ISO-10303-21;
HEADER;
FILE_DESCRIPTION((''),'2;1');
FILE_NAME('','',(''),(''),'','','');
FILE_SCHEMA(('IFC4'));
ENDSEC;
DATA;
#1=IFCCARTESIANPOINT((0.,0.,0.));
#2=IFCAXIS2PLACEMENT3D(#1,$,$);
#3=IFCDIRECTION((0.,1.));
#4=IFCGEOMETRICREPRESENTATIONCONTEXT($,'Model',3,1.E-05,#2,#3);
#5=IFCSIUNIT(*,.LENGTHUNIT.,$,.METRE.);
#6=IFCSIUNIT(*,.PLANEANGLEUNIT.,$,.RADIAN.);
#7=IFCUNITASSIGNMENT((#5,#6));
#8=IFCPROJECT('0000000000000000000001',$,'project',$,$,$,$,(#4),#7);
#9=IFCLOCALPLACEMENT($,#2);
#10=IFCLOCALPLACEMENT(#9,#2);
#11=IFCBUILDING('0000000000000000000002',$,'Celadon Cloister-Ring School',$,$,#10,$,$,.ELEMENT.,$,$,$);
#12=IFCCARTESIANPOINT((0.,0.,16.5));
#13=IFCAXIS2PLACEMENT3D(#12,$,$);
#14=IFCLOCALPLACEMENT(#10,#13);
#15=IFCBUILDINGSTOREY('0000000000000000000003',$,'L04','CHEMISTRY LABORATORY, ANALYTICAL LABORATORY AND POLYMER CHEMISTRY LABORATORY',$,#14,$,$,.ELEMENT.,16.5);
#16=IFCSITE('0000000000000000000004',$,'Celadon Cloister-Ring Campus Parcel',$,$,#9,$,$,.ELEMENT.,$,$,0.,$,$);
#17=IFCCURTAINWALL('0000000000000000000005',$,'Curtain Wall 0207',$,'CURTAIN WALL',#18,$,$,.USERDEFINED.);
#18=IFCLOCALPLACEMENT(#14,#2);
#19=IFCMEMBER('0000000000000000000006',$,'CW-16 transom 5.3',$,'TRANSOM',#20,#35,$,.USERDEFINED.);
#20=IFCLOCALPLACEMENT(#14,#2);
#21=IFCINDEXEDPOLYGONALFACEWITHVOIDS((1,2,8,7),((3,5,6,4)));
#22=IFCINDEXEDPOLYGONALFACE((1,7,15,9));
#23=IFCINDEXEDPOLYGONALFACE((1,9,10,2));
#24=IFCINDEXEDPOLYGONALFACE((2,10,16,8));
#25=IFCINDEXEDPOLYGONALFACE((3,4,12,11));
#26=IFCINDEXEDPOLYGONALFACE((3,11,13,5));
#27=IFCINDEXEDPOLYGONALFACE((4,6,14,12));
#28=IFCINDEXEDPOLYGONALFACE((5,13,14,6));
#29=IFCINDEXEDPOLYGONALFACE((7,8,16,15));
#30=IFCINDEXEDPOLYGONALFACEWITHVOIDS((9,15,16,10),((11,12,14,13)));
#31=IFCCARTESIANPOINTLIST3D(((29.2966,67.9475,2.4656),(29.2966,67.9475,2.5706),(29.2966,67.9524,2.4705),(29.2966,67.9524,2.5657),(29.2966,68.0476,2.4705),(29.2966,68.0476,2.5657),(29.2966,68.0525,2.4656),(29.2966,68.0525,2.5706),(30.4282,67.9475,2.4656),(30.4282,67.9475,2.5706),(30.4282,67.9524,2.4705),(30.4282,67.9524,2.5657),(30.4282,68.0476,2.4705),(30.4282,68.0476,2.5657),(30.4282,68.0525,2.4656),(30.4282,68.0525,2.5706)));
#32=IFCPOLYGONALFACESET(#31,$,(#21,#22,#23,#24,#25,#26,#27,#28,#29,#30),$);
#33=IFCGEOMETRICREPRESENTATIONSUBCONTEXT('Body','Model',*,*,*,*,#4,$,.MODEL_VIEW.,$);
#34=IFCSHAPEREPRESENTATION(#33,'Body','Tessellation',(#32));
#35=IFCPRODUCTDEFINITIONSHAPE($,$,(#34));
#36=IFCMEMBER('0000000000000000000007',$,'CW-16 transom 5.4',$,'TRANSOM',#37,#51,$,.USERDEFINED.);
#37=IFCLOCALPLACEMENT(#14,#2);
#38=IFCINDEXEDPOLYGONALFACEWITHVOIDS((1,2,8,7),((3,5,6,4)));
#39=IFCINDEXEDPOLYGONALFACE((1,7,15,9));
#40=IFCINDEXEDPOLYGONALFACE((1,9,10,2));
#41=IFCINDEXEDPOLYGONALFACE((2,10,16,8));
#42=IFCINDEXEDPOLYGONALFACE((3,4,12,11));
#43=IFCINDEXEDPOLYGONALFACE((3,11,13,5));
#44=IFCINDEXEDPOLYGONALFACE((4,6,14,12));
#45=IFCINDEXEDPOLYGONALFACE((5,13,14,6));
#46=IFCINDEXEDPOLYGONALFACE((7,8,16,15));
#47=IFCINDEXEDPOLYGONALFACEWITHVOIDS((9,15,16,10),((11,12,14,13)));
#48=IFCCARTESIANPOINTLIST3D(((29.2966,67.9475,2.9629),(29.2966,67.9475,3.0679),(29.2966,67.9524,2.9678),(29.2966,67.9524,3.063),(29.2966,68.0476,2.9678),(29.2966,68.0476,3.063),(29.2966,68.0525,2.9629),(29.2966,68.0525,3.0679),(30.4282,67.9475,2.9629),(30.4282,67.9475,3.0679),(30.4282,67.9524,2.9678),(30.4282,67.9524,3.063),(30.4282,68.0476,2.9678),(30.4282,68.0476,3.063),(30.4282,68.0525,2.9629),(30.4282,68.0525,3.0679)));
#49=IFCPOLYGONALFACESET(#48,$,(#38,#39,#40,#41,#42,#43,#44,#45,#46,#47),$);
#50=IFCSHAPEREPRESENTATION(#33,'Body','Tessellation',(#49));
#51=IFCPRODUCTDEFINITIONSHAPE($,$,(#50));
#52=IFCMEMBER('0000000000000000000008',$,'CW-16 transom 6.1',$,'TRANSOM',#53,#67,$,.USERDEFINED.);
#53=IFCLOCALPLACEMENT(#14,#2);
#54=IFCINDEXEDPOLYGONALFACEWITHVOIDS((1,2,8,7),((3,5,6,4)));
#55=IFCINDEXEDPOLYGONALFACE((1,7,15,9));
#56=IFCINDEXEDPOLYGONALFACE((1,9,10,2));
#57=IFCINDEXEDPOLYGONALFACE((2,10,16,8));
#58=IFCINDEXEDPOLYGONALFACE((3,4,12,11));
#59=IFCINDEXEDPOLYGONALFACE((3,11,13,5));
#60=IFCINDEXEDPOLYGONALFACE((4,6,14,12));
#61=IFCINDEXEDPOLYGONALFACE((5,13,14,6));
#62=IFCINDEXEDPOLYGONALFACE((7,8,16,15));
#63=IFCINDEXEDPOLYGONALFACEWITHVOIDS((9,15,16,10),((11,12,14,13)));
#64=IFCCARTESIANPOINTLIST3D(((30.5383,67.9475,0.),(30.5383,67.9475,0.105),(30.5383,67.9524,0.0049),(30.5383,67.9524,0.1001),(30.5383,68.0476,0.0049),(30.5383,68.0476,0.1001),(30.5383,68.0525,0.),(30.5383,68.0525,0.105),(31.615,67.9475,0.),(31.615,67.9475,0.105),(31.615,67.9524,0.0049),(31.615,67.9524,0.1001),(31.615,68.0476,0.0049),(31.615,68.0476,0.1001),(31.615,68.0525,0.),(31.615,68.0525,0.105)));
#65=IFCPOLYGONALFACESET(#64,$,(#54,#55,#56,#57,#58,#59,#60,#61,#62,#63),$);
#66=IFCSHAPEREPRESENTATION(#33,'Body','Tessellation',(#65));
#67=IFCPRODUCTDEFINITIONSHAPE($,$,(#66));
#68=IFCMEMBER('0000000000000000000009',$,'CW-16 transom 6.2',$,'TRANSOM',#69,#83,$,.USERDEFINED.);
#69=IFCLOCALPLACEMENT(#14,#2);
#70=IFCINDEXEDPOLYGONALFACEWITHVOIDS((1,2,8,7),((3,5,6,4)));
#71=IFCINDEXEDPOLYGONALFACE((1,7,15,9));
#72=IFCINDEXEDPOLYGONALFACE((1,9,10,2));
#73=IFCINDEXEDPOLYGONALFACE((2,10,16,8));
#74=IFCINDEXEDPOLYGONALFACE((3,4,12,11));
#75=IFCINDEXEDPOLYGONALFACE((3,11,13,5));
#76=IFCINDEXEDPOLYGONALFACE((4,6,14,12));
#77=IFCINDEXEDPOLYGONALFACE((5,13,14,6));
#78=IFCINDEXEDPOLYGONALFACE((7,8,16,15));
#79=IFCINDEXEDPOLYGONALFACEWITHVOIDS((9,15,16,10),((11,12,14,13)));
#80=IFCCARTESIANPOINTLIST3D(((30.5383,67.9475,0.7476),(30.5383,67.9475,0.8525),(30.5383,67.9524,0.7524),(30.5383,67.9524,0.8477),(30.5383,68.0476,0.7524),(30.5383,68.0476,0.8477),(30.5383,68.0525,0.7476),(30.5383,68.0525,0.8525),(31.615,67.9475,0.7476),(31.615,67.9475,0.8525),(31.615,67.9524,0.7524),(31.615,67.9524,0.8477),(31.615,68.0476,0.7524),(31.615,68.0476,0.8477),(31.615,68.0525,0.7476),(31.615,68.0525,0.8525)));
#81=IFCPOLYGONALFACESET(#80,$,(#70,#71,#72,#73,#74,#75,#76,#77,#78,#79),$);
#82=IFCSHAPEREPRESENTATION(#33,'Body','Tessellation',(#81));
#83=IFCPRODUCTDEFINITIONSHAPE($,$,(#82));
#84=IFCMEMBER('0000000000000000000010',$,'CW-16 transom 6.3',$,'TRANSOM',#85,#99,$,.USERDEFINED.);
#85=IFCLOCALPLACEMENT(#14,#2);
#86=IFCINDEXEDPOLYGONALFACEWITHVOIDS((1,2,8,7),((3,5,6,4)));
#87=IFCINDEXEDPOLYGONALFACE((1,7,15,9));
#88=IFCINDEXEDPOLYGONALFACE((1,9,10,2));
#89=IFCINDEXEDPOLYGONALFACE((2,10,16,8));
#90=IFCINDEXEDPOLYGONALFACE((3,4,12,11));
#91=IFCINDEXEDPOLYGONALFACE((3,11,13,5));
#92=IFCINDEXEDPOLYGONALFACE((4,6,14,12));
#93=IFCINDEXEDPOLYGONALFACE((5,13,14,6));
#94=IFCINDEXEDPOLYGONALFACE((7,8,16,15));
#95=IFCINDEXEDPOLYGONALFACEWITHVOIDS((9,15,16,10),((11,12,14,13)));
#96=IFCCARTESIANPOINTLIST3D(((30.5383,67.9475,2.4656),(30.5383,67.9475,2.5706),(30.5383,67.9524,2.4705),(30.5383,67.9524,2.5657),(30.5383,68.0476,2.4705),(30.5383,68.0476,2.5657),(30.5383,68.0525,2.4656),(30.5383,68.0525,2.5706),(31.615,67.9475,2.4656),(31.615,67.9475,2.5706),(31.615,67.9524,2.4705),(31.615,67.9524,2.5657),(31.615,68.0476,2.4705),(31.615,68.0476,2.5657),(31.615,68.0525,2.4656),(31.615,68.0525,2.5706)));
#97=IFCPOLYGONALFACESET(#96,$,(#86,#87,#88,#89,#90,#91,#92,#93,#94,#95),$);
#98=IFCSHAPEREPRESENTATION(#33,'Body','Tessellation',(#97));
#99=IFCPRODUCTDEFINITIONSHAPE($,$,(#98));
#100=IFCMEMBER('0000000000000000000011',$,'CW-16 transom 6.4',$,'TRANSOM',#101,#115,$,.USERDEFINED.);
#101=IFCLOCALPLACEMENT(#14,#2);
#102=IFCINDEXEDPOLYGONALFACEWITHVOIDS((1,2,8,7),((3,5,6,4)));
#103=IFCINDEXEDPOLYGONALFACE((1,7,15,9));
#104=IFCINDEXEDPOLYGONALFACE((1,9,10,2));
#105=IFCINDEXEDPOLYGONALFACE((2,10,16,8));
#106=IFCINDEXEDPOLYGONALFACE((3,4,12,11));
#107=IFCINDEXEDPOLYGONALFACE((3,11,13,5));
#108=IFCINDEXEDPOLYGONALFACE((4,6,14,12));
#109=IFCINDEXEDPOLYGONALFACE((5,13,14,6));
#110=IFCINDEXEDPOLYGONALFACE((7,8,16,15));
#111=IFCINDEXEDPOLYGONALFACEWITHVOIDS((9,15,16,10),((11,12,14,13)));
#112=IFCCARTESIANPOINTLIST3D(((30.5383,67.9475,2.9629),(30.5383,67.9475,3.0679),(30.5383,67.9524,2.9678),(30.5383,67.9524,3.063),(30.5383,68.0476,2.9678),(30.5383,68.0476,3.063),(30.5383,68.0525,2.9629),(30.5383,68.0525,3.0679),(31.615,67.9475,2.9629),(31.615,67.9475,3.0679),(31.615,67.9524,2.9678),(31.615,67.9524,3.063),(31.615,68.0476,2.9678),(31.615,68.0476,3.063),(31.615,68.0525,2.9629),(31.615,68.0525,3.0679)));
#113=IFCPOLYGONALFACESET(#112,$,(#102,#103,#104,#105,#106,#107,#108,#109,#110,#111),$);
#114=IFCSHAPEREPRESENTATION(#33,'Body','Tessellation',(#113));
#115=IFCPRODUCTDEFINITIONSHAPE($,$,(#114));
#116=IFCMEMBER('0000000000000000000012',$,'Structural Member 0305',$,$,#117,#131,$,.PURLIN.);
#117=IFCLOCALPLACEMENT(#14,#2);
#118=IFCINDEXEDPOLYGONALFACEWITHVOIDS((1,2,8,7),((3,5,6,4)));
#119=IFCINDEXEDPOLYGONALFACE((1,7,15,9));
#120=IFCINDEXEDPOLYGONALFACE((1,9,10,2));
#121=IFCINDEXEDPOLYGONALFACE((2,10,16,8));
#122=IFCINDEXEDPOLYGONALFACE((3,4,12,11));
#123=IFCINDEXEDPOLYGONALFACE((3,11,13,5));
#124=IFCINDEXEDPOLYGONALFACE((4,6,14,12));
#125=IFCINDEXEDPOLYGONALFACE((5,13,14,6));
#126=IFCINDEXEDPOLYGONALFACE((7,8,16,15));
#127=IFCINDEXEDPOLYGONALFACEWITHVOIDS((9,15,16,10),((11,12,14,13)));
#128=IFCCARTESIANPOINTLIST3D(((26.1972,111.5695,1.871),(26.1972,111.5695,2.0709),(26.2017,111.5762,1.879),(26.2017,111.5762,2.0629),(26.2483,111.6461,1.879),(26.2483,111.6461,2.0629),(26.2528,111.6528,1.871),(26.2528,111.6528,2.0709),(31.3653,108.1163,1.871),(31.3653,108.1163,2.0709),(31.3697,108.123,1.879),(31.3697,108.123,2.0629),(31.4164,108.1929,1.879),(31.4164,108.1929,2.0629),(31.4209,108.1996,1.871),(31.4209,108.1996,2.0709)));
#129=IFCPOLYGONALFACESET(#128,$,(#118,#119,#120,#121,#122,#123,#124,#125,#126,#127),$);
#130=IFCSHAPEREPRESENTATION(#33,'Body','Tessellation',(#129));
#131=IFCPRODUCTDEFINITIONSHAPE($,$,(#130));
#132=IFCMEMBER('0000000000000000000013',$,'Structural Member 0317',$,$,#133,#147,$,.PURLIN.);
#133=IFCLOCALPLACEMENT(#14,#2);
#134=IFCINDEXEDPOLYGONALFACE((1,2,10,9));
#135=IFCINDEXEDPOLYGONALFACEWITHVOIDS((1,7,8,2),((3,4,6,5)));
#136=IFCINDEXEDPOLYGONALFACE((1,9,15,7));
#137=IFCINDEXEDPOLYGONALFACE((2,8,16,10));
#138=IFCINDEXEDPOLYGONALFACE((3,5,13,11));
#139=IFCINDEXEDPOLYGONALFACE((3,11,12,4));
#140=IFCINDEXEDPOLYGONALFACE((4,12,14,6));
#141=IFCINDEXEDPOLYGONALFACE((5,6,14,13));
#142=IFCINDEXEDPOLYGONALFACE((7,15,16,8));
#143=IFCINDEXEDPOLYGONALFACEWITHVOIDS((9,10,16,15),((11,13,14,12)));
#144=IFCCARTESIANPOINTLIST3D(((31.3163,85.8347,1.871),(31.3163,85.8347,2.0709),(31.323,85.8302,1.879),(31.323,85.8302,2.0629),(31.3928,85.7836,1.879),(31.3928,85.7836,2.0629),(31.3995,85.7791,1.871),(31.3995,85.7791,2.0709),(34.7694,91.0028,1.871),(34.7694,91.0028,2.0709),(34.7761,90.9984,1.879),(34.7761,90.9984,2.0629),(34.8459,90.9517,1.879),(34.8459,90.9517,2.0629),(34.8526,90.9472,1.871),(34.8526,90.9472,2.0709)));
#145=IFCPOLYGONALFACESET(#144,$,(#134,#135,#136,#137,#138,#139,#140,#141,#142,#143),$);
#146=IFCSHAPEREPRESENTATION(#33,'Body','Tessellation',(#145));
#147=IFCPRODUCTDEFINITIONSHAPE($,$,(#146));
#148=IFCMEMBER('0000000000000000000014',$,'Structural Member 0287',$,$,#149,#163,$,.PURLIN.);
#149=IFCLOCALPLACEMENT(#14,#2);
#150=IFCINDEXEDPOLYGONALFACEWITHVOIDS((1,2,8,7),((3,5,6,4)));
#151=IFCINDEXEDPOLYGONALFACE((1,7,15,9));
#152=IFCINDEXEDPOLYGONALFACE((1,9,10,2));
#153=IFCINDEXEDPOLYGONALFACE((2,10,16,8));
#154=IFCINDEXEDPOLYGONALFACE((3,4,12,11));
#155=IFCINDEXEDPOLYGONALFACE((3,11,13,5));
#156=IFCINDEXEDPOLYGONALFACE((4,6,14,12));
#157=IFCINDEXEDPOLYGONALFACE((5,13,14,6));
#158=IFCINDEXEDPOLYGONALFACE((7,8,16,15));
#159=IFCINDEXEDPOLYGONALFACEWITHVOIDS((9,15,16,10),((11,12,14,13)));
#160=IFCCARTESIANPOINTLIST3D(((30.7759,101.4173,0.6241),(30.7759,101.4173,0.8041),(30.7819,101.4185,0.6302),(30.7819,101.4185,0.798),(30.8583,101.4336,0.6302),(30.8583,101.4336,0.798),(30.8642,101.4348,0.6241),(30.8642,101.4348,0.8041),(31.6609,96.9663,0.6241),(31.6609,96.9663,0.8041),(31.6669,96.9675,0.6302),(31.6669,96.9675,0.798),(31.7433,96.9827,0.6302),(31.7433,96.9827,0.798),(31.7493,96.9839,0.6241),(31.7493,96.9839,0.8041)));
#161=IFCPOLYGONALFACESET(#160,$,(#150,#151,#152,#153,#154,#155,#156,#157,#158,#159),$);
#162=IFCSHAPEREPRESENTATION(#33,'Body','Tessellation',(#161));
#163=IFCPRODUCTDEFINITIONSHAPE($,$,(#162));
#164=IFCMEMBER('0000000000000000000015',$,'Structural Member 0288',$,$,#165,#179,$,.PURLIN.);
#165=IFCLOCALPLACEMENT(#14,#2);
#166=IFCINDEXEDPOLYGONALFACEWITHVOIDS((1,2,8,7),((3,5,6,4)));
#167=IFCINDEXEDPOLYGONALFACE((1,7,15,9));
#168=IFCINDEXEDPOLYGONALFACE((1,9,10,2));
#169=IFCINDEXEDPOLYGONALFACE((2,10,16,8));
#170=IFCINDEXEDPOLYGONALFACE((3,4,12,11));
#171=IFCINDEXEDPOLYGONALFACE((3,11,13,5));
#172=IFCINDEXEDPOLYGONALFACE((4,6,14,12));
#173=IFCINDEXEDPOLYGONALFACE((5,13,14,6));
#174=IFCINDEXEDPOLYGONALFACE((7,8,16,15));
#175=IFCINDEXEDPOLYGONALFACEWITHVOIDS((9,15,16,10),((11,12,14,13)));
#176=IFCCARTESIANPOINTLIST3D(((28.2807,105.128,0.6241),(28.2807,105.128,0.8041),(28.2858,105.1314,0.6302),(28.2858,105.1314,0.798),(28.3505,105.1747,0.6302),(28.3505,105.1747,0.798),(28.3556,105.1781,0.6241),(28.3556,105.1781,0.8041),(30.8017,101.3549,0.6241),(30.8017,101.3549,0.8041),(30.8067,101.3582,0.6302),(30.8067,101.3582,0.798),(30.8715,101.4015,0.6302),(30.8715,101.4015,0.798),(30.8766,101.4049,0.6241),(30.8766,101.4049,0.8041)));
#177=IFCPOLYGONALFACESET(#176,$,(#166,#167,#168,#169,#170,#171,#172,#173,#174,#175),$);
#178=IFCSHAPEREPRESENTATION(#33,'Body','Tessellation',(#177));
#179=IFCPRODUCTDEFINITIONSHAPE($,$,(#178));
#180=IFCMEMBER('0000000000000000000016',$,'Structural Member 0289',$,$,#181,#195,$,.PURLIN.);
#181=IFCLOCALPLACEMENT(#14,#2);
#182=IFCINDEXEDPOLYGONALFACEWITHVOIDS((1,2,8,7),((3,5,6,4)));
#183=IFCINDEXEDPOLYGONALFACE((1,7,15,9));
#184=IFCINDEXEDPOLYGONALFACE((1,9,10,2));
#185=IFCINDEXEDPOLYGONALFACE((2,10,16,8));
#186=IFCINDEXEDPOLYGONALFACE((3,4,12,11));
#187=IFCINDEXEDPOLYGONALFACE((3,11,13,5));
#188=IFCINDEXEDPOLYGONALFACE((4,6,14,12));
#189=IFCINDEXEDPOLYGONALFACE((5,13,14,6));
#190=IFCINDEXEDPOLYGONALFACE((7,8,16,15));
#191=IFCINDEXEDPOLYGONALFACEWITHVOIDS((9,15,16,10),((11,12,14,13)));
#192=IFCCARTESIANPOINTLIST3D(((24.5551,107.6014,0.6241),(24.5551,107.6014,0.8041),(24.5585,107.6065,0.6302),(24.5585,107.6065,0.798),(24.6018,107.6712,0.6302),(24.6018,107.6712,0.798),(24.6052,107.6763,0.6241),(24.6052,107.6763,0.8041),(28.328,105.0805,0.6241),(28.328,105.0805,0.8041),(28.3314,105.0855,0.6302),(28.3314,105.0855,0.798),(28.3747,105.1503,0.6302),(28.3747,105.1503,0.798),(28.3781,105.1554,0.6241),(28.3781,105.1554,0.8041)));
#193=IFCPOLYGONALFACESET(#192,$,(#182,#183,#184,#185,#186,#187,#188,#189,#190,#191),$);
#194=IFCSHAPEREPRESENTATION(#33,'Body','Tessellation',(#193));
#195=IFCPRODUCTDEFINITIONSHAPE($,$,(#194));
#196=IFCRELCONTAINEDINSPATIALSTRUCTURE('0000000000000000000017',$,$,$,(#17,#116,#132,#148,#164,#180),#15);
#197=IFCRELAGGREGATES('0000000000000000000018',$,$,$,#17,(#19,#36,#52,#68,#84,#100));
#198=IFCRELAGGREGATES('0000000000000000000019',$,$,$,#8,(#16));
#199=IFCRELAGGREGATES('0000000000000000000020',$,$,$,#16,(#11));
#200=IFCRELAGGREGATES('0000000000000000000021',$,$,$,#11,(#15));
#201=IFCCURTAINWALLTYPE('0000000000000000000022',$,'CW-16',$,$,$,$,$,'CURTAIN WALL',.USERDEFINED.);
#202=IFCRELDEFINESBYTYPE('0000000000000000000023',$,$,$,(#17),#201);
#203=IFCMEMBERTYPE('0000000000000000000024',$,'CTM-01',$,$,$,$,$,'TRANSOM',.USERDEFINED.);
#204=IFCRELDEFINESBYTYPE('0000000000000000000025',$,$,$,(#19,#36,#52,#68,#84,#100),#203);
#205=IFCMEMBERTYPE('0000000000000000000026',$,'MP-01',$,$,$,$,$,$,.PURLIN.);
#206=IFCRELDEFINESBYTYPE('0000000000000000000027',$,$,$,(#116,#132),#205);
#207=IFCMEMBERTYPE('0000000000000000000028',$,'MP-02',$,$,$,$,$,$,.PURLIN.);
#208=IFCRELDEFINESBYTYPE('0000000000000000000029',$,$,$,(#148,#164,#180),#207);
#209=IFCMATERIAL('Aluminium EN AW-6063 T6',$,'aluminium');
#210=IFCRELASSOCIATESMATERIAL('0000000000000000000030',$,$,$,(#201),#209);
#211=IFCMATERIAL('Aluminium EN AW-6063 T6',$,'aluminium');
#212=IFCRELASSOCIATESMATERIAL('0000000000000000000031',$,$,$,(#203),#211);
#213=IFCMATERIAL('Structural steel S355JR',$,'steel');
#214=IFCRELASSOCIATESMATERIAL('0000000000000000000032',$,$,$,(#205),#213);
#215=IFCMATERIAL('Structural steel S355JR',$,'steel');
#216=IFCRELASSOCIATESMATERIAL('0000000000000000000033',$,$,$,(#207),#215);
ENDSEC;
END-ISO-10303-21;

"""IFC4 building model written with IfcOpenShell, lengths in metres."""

from ifc_helpers import new_model, si_unit, direction, frame, origin, origin_2d, place, context, subcontext, project, spatial, hollow_rectangle, extrude, material, material_profile, profile_set, type_object, element, aggregate, save


model = new_model("IFC4")

# Units and contexts
model_context = context("Model", 3, precision=1e-05, world=origin(), true_north=direction((0.0, 1.0)))
body_context = subcontext(model_context, "Body", "Model", "MODEL_VIEW")
ifc_project = project(units=[si_unit("LENGTHUNIT", "METRE"), si_unit("PLANEANGLEUNIT", "RADIAN")], contexts=[model_context])

# Site, building, storey
site_placement = place(None, origin())
site = spatial("IfcSite", under=ifc_project, at=site_placement, Name="Celadon Cloister-Ring Campus Parcel", CompositionType="ELEMENT", RefElevation=0.0)
building_placement = place(site_placement, origin())
building = spatial("IfcBuilding", under=site, at=building_placement, Name="Celadon Cloister-Ring School", CompositionType="ELEMENT")
storey_placement = place(building_placement, frame((0.0, 0.0, 16.5)))
storey = spatial("IfcBuildingStorey", under=building, at=storey_placement, Name="L04", Description="CHEMISTRY LABORATORY, ANALYTICAL LABORATORY AND POLYMER CHEMISTRY LABORATORY", CompositionType="ELEMENT", Elevation=16.5)

# Curtain wall, members
ifc_material_1 = material(Name="Aluminium EN AW-6063 T6", Category="aluminium")
curtain_wall_type = type_object("IfcCurtainWallType", Name="CW-16", ElementType="CURTAIN WALL", PredefinedType="USERDEFINED", material=ifc_material_1)
curtain_wall_placement = place(storey_placement, origin())
curtain_wall = element("IfcCurtainWall", 1, at=curtain_wall_placement, inside=storey, type_object=curtain_wall_type, Name="Curtain Wall 0207", ObjectType="CURTAIN WALL", PredefinedType="USERDEFINED")
ifc_material_2 = material(Name="Aluminium EN AW-6063 T6", Category="aluminium")
ifc_material_profile_1 = material_profile(ifc_material_2, hollow_rectangle(XDim=0.105, YDim=0.105, WallThickness=0.0049, at=origin_2d()), Name="RHS105X105X5")
ifc_profile_set_1 = profile_set([ifc_material_profile_1], Name="Aluminium EN AW-6063 T6")
member_type_1 = type_object("IfcMemberType", Name="CTM-01", ElementType="TRANSOM", PredefinedType="USERDEFINED", material=ifc_profile_set_1)
member_1_placement = place(storey_placement, frame((29.2966, 68.0, 2.5181), z_axis=(1.0, 0.0, 0.0), x_axis=(0.0, 1.0, 0.0)))
member_1 = element("IfcMember", 2, at=member_1_placement, type_object=member_type_1, Name="CW-16 transom 5.3", ObjectType="TRANSOM", PredefinedType="USERDEFINED", context=body_context, shape_type="SweptSolid", body=[
    extrude(hollow_rectangle(XDim=0.105, YDim=0.105, WallThickness=0.0049, at=origin_2d()), origin(), (0.0, 0.0, 1.0), 1.1316),
])
member_2_placement = place(storey_placement, frame((29.2966, 68.0, 3.0154), z_axis=(1.0, 0.0, 0.0), x_axis=(0.0, 1.0, 0.0)))
member_2 = element("IfcMember", 3, at=member_2_placement, type_object=member_type_1, Name="CW-16 transom 5.4", ObjectType="TRANSOM", PredefinedType="USERDEFINED", context=body_context, shape_type="SweptSolid", body=[
    extrude(hollow_rectangle(XDim=0.105, YDim=0.105, WallThickness=0.0049, at=origin_2d()), origin(), (0.0, 0.0, 1.0), 1.1316),
])
member_3_placement = place(storey_placement, frame((30.5383, 68.0, 0.0525), z_axis=(1.0, 0.0, 0.0), x_axis=(0.0, 1.0, 0.0)))
member_3 = element("IfcMember", 4, at=member_3_placement, type_object=member_type_1, Name="CW-16 transom 6.1", ObjectType="TRANSOM", PredefinedType="USERDEFINED", context=body_context, shape_type="SweptSolid", body=[
    extrude(hollow_rectangle(XDim=0.105, YDim=0.105, WallThickness=0.0049, at=origin_2d()), origin(), (0.0, 0.0, 1.0), 1.0767),
])
member_4_placement = place(storey_placement, frame((30.5383, 68.0, 0.8), z_axis=(1.0, 0.0, 0.0), x_axis=(0.0, 1.0, 0.0)))
member_4 = element("IfcMember", 5, at=member_4_placement, type_object=member_type_1, Name="CW-16 transom 6.2", ObjectType="TRANSOM", PredefinedType="USERDEFINED", context=body_context, shape_type="SweptSolid", body=[
    extrude(hollow_rectangle(XDim=0.105, YDim=0.105, WallThickness=0.0049, at=origin_2d()), origin(), (0.0, 0.0, 1.0), 1.0767),
])
member_5_placement = place(storey_placement, frame((30.5383, 68.0, 2.5181), z_axis=(1.0, 0.0, 0.0), x_axis=(0.0, 1.0, 0.0)))
member_5 = element("IfcMember", 6, at=member_5_placement, type_object=member_type_1, Name="CW-16 transom 6.3", ObjectType="TRANSOM", PredefinedType="USERDEFINED", context=body_context, shape_type="SweptSolid", body=[
    extrude(hollow_rectangle(XDim=0.105, YDim=0.105, WallThickness=0.0049, at=origin_2d()), origin(), (0.0, 0.0, 1.0), 1.0767),
])
member_6_placement = place(storey_placement, frame((30.5383, 68.0, 3.0154), z_axis=(1.0, 0.0, 0.0), x_axis=(0.0, 1.0, 0.0)))
member_6 = element("IfcMember", 7, at=member_6_placement, type_object=member_type_1, Name="CW-16 transom 6.4", ObjectType="TRANSOM", PredefinedType="USERDEFINED", context=body_context, shape_type="SweptSolid", body=[
    extrude(hollow_rectangle(XDim=0.105, YDim=0.105, WallThickness=0.0049, at=origin_2d()), origin(), (0.0, 0.0, 1.0), 1.0767),
])

# Members
ifc_material_3 = material(Name="Structural steel S355JR", Category="steel")
ifc_material_profile_2 = material_profile(ifc_material_3, hollow_rectangle(XDim=0.1001, YDim=0.2, WallThickness=0.0081, at=origin_2d()), Name="HSS200X100X8")
ifc_profile_set_2 = profile_set([ifc_material_profile_2], Name="Structural steel S355JR")
member_type_2 = type_object("IfcMemberType", Name="MP-01", PredefinedType="PURLIN", material=ifc_profile_set_2)
for number, where, z_axis, x_axis, name in (
    (8, (31.3931, 108.158, 1.9709), (-0.83147, 0.55557, 0.0), (-0.55557, -0.83147, 0.0), "Structural Member 0305"),
    (9, (31.3579, 85.8069, 1.9709), (0.555552, 0.831482, 0.0), (-0.831482, 0.555552, 0.0), "Structural Member 0317"),
):
    element("IfcMember", number, at=place(storey_placement, frame(where, z_axis=z_axis, x_axis=x_axis)), inside=storey, type_object=member_type_2, Name=name, PredefinedType="PURLIN", context=body_context, shape_type="SweptSolid", body=[
        extrude(hollow_rectangle(XDim=0.1001, YDim=0.2, WallThickness=0.0081, at=origin_2d()), origin(), (0.0, 0.0, 1.0), 6.2156),
    ])
ifc_material_4 = material(Name="Structural steel S355JR", Category="steel")
ifc_material_profile_3 = material_profile(ifc_material_4, hollow_rectangle(XDim=0.0901, YDim=0.1799, WallThickness=0.0061, at=origin_2d()), Name="HSS180X90X6")
ifc_profile_set_3 = profile_set([ifc_material_profile_3], Name="Structural steel S355JR")
member_type_3 = type_object("IfcMemberType", Name="MP-02", PredefinedType="PURLIN", material=ifc_profile_set_3)
member_7_placement = place(storey_placement, frame((31.7051, 96.9751, 0.7141), z_axis=(-0.195019, 0.980799, 0.0), x_axis=(-0.980799, -0.195019, 0.0)))
element("IfcMember", 10, at=member_7_placement, inside=storey, type_object=member_type_3, Name="Structural Member 0287", PredefinedType="PURLIN", context=body_context, shape_type="SweptSolid", body=[
    extrude(hollow_rectangle(XDim=0.0901, YDim=0.1799, WallThickness=0.0061, at=origin_2d()), origin(), (0.0, 0.0, 1.0), 4.5381),
])
member_8_placement = place(storey_placement, frame((30.8391, 101.3799, 0.7141), z_axis=(-0.555544, 0.831487, 0.0), x_axis=(-0.831487, -0.555544, 0.0)))
element("IfcMember", 11, at=member_8_placement, inside=storey, type_object=member_type_3, Name="Structural Member 0288", PredefinedType="PURLIN", context=body_context, shape_type="SweptSolid", body=[
    extrude(hollow_rectangle(XDim=0.0901, YDim=0.1799, WallThickness=0.0061, at=origin_2d()), origin(), (0.0, 0.0, 1.0), 4.5378),
])
member_9_placement = place(storey_placement, frame((28.353, 105.1179, 0.7141), z_axis=(-0.83147, 0.555569, 0.0), x_axis=(-0.555569, -0.83147, 0.0)))
element("IfcMember", 12, at=member_9_placement, inside=storey, type_object=member_type_3, Name="Structural Member 0289", PredefinedType="PURLIN", context=body_context, shape_type="SweptSolid", body=[
    extrude(hollow_rectangle(XDim=0.0901, YDim=0.1799, WallThickness=0.0061, at=origin_2d()), origin(), (0.0, 0.0, 1.0), 4.5376),
])

aggregate(curtain_wall, [member_1, member_2, member_3, member_4, member_5, member_6])

save(model, "model.ifc")
